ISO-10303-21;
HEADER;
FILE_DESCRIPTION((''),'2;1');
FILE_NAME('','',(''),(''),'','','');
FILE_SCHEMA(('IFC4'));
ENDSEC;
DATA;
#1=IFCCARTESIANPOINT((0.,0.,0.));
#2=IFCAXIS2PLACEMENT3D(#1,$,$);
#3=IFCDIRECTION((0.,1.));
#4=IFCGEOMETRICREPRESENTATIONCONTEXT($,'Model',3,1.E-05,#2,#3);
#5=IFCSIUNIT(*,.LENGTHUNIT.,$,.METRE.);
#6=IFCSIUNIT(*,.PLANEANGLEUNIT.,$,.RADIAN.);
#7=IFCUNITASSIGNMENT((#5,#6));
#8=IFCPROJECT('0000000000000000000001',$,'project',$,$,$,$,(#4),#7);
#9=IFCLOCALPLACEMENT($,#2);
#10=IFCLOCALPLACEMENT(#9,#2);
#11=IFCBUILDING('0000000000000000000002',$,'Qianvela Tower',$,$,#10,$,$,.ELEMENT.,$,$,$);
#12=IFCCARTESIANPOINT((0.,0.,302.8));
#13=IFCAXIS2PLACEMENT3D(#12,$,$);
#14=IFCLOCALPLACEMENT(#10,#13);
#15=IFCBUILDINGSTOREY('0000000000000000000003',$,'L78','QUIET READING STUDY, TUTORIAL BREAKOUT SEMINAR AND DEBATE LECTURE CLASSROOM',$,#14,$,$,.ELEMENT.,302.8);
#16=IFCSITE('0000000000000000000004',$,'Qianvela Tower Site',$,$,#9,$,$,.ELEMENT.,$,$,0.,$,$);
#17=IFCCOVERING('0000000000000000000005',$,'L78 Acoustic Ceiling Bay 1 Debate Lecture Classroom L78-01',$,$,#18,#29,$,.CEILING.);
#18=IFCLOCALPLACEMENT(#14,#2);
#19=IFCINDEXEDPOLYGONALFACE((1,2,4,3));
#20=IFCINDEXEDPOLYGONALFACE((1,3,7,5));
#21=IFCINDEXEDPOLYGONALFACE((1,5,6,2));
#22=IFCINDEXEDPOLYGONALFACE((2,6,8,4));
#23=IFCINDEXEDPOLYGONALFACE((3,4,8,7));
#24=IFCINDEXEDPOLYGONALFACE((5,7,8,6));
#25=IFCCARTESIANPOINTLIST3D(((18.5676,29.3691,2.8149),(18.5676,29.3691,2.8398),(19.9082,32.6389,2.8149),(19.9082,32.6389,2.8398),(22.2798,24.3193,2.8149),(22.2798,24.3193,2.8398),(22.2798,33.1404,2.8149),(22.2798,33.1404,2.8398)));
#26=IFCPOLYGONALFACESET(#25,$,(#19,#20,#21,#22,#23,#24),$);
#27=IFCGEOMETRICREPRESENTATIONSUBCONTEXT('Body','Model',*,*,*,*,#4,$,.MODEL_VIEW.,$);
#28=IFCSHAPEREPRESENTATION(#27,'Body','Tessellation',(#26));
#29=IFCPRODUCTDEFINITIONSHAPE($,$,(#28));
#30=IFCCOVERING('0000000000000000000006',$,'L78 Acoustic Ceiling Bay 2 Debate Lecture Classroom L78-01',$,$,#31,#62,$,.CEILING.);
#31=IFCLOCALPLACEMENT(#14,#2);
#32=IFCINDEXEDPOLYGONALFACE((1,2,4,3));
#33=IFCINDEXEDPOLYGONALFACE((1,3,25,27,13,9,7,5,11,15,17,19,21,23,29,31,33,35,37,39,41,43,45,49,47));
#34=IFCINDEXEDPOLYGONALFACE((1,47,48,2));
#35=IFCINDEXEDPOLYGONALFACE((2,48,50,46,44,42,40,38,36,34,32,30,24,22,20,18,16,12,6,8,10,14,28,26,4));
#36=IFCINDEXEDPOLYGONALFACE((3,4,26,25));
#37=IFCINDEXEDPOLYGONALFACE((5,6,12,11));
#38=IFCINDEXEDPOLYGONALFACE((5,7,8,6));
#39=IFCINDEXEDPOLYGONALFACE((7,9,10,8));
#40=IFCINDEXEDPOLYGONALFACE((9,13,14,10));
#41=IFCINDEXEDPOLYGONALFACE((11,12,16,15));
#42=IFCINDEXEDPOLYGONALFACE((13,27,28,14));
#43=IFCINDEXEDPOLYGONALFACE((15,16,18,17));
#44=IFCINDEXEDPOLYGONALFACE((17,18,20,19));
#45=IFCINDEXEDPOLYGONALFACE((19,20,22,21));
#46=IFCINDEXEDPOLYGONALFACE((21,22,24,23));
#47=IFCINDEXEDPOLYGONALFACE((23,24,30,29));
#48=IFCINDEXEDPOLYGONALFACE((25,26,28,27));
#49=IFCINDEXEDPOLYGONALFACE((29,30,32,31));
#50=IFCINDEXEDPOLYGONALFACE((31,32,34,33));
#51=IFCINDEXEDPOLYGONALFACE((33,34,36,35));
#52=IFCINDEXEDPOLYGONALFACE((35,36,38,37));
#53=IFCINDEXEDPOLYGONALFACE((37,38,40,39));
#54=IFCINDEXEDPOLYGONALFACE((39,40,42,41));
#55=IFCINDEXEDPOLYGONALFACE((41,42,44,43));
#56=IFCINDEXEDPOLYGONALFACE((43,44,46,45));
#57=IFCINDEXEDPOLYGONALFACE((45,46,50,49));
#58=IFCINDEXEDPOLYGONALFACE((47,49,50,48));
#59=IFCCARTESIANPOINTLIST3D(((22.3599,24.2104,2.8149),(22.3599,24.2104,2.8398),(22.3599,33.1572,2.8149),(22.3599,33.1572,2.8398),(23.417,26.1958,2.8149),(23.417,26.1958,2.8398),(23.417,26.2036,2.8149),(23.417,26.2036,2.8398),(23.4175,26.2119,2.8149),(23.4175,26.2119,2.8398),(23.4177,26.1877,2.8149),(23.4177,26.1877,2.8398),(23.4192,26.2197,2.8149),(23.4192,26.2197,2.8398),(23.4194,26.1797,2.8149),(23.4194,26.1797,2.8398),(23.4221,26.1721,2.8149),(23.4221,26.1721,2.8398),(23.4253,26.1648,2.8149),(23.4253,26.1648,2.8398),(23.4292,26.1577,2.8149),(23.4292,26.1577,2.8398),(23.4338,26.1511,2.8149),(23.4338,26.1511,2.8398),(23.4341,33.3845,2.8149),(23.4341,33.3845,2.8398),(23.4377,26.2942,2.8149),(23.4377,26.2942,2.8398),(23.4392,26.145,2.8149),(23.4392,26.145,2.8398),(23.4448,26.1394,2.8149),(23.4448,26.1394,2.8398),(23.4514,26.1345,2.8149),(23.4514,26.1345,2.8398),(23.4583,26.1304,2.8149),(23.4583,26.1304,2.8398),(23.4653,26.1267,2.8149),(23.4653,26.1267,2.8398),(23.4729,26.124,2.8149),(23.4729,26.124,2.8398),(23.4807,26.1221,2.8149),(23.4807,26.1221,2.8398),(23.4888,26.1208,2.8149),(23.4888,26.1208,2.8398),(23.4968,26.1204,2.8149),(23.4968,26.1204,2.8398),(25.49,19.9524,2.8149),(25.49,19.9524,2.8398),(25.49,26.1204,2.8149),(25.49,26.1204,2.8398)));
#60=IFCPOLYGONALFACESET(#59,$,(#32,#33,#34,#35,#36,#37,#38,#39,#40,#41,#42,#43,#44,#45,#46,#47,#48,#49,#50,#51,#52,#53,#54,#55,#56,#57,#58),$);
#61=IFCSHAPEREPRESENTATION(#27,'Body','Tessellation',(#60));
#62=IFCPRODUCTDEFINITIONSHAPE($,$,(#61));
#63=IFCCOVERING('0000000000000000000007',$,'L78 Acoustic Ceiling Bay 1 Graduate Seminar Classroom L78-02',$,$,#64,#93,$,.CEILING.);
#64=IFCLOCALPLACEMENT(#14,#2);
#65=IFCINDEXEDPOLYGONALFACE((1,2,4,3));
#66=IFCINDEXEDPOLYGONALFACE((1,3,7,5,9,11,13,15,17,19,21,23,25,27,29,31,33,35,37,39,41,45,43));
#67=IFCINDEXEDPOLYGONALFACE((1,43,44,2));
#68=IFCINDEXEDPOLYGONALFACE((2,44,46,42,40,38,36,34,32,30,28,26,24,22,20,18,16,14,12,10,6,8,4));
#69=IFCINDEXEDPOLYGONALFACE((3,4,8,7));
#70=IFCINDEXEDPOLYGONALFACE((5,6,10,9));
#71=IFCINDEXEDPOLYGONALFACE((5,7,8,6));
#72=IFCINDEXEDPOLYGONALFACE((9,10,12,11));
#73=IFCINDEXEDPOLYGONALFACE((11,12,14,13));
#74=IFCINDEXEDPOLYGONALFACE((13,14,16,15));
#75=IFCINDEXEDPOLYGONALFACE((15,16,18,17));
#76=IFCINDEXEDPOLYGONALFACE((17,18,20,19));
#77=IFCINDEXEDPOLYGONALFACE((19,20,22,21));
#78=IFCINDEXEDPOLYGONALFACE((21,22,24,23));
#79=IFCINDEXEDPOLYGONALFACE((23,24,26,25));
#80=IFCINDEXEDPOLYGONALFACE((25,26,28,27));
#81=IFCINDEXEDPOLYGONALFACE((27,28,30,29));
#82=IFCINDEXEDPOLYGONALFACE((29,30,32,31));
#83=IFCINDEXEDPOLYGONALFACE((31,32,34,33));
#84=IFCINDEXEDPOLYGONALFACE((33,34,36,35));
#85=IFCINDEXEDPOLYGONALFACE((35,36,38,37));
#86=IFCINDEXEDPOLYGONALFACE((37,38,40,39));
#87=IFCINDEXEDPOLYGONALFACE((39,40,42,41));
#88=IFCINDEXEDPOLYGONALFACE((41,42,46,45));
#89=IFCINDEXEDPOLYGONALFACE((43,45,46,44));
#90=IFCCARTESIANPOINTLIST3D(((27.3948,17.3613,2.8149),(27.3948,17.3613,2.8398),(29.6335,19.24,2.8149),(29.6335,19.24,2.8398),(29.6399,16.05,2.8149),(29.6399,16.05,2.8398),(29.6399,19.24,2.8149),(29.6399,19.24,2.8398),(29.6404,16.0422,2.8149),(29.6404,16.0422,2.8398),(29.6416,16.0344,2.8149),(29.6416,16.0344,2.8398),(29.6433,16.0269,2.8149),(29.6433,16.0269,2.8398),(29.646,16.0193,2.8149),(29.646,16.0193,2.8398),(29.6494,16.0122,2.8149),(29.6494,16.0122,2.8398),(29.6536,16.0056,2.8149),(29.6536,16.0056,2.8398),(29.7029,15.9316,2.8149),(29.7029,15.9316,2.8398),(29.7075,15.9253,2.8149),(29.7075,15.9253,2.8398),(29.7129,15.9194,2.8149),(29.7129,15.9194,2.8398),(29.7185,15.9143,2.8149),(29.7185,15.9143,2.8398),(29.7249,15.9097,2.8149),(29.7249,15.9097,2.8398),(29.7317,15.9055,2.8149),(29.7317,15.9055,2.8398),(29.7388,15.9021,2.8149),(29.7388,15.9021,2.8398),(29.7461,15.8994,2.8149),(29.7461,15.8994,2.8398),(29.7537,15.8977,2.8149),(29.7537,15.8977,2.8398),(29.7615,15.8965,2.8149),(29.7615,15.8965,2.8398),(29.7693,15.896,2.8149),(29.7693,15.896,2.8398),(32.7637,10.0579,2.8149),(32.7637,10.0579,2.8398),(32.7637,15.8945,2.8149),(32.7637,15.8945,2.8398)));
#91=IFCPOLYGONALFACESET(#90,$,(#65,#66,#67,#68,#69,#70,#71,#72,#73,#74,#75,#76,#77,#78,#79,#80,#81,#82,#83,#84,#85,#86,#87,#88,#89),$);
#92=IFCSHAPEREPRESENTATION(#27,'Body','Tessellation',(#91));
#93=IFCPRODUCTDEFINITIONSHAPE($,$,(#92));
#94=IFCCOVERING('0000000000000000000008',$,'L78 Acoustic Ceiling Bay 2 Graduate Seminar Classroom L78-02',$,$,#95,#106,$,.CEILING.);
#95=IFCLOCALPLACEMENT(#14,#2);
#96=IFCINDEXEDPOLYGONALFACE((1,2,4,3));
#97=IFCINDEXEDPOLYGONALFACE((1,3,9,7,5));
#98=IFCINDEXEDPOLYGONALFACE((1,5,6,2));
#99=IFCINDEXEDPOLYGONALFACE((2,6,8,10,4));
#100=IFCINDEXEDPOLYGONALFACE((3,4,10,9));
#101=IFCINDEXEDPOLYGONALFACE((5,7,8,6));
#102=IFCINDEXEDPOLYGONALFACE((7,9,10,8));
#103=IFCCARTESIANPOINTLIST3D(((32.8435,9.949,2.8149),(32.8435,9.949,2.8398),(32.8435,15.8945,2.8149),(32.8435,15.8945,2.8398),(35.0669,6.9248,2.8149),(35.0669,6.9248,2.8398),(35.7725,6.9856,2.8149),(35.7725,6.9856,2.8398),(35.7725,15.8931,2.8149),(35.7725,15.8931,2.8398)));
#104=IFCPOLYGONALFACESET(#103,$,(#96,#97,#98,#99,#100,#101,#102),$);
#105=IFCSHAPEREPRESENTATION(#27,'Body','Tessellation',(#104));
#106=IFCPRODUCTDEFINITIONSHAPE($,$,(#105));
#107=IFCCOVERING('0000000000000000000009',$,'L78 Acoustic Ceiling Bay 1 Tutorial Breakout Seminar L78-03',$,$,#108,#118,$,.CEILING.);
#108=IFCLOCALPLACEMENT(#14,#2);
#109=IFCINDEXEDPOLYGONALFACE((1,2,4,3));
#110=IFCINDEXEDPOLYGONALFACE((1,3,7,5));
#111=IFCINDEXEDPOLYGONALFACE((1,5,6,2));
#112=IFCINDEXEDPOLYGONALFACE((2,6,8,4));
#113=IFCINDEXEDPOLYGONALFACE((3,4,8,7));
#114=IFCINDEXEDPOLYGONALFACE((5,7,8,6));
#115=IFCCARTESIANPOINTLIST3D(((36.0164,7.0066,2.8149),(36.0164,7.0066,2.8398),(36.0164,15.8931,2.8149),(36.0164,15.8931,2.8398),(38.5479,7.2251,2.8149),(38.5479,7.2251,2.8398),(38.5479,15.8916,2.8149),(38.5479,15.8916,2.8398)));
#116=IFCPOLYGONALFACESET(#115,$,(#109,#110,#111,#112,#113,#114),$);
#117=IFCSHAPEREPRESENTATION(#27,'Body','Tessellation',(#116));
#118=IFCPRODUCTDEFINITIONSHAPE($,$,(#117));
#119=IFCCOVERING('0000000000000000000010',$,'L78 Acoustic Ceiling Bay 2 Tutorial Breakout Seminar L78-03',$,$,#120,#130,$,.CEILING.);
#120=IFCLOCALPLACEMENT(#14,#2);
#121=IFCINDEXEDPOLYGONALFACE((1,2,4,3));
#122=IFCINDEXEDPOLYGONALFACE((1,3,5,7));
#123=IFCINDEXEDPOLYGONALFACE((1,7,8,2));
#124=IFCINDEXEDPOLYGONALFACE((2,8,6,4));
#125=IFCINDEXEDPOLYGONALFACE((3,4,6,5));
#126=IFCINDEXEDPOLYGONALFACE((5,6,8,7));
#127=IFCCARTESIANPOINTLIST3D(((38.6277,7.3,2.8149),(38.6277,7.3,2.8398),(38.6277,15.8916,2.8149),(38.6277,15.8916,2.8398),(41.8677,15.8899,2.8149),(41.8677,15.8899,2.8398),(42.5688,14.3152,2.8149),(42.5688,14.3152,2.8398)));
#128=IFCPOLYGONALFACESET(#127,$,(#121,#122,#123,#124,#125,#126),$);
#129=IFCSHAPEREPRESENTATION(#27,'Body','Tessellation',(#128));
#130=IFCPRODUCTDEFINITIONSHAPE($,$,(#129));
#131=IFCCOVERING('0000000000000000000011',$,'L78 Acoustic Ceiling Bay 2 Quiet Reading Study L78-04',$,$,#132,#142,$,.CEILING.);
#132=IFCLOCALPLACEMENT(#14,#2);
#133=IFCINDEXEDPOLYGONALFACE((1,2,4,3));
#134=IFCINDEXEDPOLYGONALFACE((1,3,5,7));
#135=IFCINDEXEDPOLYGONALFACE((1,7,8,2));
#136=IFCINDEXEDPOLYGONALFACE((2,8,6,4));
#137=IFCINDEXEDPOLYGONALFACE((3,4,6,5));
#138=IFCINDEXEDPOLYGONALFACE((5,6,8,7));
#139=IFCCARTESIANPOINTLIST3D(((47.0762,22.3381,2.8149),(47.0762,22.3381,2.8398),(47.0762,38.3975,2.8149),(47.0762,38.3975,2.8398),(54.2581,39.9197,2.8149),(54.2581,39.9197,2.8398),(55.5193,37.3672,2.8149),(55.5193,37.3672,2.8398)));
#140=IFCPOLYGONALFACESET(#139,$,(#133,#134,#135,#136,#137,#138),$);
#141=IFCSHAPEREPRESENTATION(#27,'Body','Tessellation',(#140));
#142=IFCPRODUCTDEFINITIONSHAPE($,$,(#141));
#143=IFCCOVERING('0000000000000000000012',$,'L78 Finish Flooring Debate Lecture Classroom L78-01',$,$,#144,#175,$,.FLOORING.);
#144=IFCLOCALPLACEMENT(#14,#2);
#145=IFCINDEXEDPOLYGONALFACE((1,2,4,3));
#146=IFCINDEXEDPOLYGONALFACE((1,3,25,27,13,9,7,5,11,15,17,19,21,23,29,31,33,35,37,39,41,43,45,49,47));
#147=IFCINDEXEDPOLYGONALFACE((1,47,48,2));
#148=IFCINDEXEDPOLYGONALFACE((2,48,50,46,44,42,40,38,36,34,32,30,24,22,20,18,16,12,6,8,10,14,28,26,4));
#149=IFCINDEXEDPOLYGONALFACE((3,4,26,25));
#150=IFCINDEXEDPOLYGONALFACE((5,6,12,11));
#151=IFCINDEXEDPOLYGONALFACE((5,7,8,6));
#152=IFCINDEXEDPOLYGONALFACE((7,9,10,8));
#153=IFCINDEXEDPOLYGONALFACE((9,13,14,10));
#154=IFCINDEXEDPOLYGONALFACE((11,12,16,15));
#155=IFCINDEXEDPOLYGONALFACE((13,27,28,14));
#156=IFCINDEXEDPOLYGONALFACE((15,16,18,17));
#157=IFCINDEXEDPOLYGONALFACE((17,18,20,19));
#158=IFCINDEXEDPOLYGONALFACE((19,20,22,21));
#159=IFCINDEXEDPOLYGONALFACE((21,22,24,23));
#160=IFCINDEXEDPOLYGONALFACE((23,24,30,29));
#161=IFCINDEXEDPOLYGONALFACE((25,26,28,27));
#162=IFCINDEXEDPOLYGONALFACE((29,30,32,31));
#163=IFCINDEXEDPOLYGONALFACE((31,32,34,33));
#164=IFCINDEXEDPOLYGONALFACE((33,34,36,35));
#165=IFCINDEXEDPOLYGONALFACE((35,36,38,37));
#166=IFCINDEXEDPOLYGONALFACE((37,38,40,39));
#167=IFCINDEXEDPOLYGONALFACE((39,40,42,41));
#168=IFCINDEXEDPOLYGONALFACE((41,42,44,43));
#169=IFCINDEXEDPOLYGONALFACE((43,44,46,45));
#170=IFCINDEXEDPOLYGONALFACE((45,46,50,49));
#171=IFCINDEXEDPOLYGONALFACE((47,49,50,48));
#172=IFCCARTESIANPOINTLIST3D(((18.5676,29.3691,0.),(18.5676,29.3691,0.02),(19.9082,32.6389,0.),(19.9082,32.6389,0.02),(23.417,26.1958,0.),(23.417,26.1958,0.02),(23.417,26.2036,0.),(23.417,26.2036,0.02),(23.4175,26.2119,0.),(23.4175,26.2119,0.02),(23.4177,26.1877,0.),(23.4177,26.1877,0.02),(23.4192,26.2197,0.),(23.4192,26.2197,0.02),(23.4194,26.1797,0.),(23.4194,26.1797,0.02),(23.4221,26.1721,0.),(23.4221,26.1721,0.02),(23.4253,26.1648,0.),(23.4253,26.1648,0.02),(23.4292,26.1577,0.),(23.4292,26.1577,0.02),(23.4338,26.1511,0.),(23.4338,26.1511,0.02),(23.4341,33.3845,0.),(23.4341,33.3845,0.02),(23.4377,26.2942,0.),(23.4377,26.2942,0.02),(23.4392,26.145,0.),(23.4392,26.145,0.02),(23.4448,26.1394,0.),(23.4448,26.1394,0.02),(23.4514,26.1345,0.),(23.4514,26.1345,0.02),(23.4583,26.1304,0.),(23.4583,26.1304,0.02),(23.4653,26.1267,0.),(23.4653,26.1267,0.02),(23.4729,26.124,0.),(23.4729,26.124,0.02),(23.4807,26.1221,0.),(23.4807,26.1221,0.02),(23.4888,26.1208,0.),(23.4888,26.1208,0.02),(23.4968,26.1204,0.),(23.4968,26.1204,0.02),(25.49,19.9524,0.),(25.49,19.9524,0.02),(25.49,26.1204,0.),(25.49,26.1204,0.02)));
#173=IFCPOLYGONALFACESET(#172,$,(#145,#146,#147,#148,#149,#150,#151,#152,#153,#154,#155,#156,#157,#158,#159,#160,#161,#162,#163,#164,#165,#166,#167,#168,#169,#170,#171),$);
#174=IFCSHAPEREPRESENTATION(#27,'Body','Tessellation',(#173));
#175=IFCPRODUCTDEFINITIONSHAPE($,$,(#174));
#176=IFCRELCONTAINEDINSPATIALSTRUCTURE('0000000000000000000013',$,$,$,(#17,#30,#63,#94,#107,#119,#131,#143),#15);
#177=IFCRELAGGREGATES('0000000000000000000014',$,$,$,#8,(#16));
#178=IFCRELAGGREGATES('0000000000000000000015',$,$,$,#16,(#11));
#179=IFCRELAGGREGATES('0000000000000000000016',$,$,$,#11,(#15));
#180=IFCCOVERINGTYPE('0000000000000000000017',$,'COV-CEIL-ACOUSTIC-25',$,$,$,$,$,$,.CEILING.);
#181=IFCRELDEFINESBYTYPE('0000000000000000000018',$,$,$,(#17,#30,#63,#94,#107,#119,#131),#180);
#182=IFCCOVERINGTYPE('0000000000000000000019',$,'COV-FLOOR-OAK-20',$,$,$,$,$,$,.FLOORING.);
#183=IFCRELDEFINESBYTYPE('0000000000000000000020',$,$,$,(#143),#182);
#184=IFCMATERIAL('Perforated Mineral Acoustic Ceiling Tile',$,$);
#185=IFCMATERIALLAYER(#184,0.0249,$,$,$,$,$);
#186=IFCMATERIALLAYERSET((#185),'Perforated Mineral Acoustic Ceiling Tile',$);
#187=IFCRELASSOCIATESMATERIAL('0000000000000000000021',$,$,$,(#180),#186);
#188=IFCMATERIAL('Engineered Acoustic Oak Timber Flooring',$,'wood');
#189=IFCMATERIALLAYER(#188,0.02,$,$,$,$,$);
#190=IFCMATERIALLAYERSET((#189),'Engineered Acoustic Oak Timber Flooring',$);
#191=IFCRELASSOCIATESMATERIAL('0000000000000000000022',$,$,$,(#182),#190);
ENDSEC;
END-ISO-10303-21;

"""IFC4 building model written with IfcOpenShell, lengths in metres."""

from ifc_helpers import new_model, si_unit, direction, frame, origin, place, context, subcontext, project, spatial, polyline, outline, extrude, material, layer, layer_set, type_object, element, save


model = new_model("IFC4")

# Units and contexts
model_context = context("Model", 3, precision=1e-05, world=origin(), true_north=direction((0.0, 1.0)))
body_context = subcontext(model_context, "Body", "Model", "MODEL_VIEW")
ifc_project = project(units=[si_unit("LENGTHUNIT", "METRE"), si_unit("PLANEANGLEUNIT", "RADIAN")], contexts=[model_context])

# Site, building, storey
site_placement = place(None, origin())
site = spatial("IfcSite", under=ifc_project, at=site_placement, Name="Qianvela Tower Site", CompositionType="ELEMENT", RefElevation=0.0)
building_placement = place(site_placement, origin())
building = spatial("IfcBuilding", under=site, at=building_placement, Name="Qianvela Tower", CompositionType="ELEMENT")
storey_placement = place(building_placement, frame((0.0, 0.0, 302.8)))
storey = spatial("IfcBuildingStorey", under=building, at=storey_placement, Name="L78", Description="QUIET READING STUDY, TUTORIAL BREAKOUT SEMINAR AND DEBATE LECTURE CLASSROOM", CompositionType="ELEMENT", Elevation=302.8)

# Coverings
ifc_material_1 = material(Name="Perforated Mineral Acoustic Ceiling Tile")
ifc_layer_1 = layer(ifc_material_1, 0.0249)
ifc_layer_set_1 = layer_set([ifc_layer_1], Name="Perforated Mineral Acoustic Ceiling Tile")
covering_type_1 = type_object("IfcCoveringType", Name="COV-CEIL-ACOUSTIC-25", PredefinedType="CEILING", material=ifc_layer_set_1)
covering_1_placement = place(storey_placement, frame((0.0, 0.0, 2.8149)))
element("IfcCovering", 1, at=covering_1_placement, inside=storey, type_object=covering_type_1, Name="L78 Acoustic Ceiling Bay 1 Debate Lecture Classroom L78-01", PredefinedType="CEILING", context=body_context, shape_type="SweptSolid", body=[
    extrude(outline(polyline([(18.5676, 29.3691), (19.9082, 32.6389), (22.2798, 33.1404), (22.2798, 24.3193), (18.5676, 29.3691)])), origin(), (0.0, 0.0, 1.0), 0.0249),
])
covering_2_placement = place(storey_placement, frame((0.0, 0.0, 2.8149)))
element("IfcCovering", 2, at=covering_2_placement, inside=storey, type_object=covering_type_1, Name="L78 Acoustic Ceiling Bay 2 Debate Lecture Classroom L78-01", PredefinedType="CEILING", context=body_context, shape_type="SweptSolid", body=[
    extrude(outline(polyline([(23.4192, 26.2197), (23.4175, 26.2119), (23.417, 26.2036), (23.417, 26.1958), (23.4177, 26.1877), (23.4194, 26.1797), (23.4221, 26.1721), (23.4253, 26.1648), (23.4292, 26.1577), (23.4338, 26.1511), (23.4392, 26.145), (23.4448, 26.1394), (23.4514, 26.1345), (23.4583, 26.1304), (23.4653, 26.1267), (23.4729, 26.124), (23.4807, 26.1221), (23.4888, 26.1208), (23.4968, 26.1204), (25.49, 26.1204), (25.49, 19.9524), (22.3599, 24.2104), (22.3599, 33.1572), (23.4341, 33.3845), (23.4377, 26.2942), (23.4192, 26.2197)])), origin(), (0.0, 0.0, 1.0), 0.0249),
])
covering_3_placement = place(storey_placement, frame((0.0, 0.0, 2.8149)))
element("IfcCovering", 3, at=covering_3_placement, inside=storey, type_object=covering_type_1, Name="L78 Acoustic Ceiling Bay 1 Graduate Seminar Classroom L78-02", PredefinedType="CEILING", context=body_context, shape_type="SweptSolid", body=[
    extrude(outline(polyline([(29.6399, 19.24), (29.6399, 16.05), (29.6404, 16.0422), (29.6416, 16.0344), (29.6433, 16.0269), (29.646, 16.0193), (29.6494, 16.0122), (29.6536, 16.0056), (29.7029, 15.9316), (29.7075, 15.9253), (29.7129, 15.9194), (29.7185, 15.9143), (29.7249, 15.9097), (29.7317, 15.9055), (29.7388, 15.9021), (29.7461, 15.8994), (29.7537, 15.8977), (29.7615, 15.8965), (29.7693, 15.896), (32.7637, 15.8945), (32.7637, 10.0579), (27.3948, 17.3613), (29.6335, 19.24), (29.6399, 19.24)])), origin(), (0.0, 0.0, 1.0), 0.0249),
])
covering_4_placement = place(storey_placement, frame((0.0, 0.0, 2.8149)))
element("IfcCovering", 4, at=covering_4_placement, inside=storey, type_object=covering_type_1, Name="L78 Acoustic Ceiling Bay 2 Graduate Seminar Classroom L78-02", PredefinedType="CEILING", context=body_context, shape_type="SweptSolid", body=[
    extrude(outline(polyline([(35.7725, 15.8931), (35.7725, 6.9856), (35.0669, 6.9248), (32.8435, 9.949), (32.8435, 15.8945), (35.7725, 15.8931)])), origin(), (0.0, 0.0, 1.0), 0.0249),
])
covering_5_placement = place(storey_placement, frame((0.0, 0.0, 2.8149)))
element("IfcCovering", 5, at=covering_5_placement, inside=storey, type_object=covering_type_1, Name="L78 Acoustic Ceiling Bay 1 Tutorial Breakout Seminar L78-03", PredefinedType="CEILING", context=body_context, shape_type="SweptSolid", body=[
    extrude(outline(polyline([(36.0164, 7.0066), (36.0164, 15.8931), (38.5479, 15.8916), (38.5479, 7.2251), (36.0164, 7.0066)])), origin(), (0.0, 0.0, 1.0), 0.0249),
])
covering_6_placement = place(storey_placement, frame((0.0, 0.0, 2.8149)))
element("IfcCovering", 6, at=covering_6_placement, inside=storey, type_object=covering_type_1, Name="L78 Acoustic Ceiling Bay 2 Tutorial Breakout Seminar L78-03", PredefinedType="CEILING", context=body_context, shape_type="SweptSolid", body=[
    extrude(outline(polyline([(38.6277, 7.3), (38.6277, 15.8916), (41.8677, 15.8899), (42.5688, 14.3152), (38.6277, 7.3)])), origin(), (0.0, 0.0, 1.0), 0.0249),
])
covering_7_placement = place(storey_placement, frame((0.0, 0.0, 2.8149)))
element("IfcCovering", 7, at=covering_7_placement, inside=storey, type_object=covering_type_1, Name="L78 Acoustic Ceiling Bay 2 Quiet Reading Study L78-04", PredefinedType="CEILING", context=body_context, shape_type="SweptSolid", body=[
    extrude(outline(polyline([(54.2581, 39.9197), (55.5193, 37.3672), (47.0762, 22.3381), (47.0762, 38.3975), (54.2581, 39.9197)])), origin(), (0.0, 0.0, 1.0), 0.0249),
])
ifc_material_2 = material(Name="Engineered Acoustic Oak Timber Flooring", Category="wood")
ifc_layer_2 = layer(ifc_material_2, 0.02)
ifc_layer_set_2 = layer_set([ifc_layer_2], Name="Engineered Acoustic Oak Timber Flooring")
covering_type_2 = type_object("IfcCoveringType", Name="COV-FLOOR-OAK-20", PredefinedType="FLOORING", material=ifc_layer_set_2)
covering_8_placement = place(storey_placement, origin())
element("IfcCovering", 8, at=covering_8_placement, inside=storey, type_object=covering_type_2, Name="L78 Finish Flooring Debate Lecture Classroom L78-01", PredefinedType="FLOORING", context=body_context, shape_type="SweptSolid", body=[
    extrude(outline(polyline([(23.4377, 26.2942), (23.4192, 26.2197), (23.4175, 26.2119), (23.417, 26.2036), (23.417, 26.1958), (23.4177, 26.1877), (23.4194, 26.1797), (23.4221, 26.1721), (23.4253, 26.1648), (23.4292, 26.1577), (23.4338, 26.1511), (23.4392, 26.145), (23.4448, 26.1394), (23.4514, 26.1345), (23.4583, 26.1304), (23.4653, 26.1267), (23.4729, 26.124), (23.4807, 26.1221), (23.4888, 26.1208), (23.4968, 26.1204), (25.49, 26.1204), (25.49, 19.9524), (18.5676, 29.3691), (19.9082, 32.6389), (23.4341, 33.3845), (23.4377, 26.2942)])), origin(), (0.0, 0.0, 1.0), 0.02),
])

save(model, "model.ifc")
